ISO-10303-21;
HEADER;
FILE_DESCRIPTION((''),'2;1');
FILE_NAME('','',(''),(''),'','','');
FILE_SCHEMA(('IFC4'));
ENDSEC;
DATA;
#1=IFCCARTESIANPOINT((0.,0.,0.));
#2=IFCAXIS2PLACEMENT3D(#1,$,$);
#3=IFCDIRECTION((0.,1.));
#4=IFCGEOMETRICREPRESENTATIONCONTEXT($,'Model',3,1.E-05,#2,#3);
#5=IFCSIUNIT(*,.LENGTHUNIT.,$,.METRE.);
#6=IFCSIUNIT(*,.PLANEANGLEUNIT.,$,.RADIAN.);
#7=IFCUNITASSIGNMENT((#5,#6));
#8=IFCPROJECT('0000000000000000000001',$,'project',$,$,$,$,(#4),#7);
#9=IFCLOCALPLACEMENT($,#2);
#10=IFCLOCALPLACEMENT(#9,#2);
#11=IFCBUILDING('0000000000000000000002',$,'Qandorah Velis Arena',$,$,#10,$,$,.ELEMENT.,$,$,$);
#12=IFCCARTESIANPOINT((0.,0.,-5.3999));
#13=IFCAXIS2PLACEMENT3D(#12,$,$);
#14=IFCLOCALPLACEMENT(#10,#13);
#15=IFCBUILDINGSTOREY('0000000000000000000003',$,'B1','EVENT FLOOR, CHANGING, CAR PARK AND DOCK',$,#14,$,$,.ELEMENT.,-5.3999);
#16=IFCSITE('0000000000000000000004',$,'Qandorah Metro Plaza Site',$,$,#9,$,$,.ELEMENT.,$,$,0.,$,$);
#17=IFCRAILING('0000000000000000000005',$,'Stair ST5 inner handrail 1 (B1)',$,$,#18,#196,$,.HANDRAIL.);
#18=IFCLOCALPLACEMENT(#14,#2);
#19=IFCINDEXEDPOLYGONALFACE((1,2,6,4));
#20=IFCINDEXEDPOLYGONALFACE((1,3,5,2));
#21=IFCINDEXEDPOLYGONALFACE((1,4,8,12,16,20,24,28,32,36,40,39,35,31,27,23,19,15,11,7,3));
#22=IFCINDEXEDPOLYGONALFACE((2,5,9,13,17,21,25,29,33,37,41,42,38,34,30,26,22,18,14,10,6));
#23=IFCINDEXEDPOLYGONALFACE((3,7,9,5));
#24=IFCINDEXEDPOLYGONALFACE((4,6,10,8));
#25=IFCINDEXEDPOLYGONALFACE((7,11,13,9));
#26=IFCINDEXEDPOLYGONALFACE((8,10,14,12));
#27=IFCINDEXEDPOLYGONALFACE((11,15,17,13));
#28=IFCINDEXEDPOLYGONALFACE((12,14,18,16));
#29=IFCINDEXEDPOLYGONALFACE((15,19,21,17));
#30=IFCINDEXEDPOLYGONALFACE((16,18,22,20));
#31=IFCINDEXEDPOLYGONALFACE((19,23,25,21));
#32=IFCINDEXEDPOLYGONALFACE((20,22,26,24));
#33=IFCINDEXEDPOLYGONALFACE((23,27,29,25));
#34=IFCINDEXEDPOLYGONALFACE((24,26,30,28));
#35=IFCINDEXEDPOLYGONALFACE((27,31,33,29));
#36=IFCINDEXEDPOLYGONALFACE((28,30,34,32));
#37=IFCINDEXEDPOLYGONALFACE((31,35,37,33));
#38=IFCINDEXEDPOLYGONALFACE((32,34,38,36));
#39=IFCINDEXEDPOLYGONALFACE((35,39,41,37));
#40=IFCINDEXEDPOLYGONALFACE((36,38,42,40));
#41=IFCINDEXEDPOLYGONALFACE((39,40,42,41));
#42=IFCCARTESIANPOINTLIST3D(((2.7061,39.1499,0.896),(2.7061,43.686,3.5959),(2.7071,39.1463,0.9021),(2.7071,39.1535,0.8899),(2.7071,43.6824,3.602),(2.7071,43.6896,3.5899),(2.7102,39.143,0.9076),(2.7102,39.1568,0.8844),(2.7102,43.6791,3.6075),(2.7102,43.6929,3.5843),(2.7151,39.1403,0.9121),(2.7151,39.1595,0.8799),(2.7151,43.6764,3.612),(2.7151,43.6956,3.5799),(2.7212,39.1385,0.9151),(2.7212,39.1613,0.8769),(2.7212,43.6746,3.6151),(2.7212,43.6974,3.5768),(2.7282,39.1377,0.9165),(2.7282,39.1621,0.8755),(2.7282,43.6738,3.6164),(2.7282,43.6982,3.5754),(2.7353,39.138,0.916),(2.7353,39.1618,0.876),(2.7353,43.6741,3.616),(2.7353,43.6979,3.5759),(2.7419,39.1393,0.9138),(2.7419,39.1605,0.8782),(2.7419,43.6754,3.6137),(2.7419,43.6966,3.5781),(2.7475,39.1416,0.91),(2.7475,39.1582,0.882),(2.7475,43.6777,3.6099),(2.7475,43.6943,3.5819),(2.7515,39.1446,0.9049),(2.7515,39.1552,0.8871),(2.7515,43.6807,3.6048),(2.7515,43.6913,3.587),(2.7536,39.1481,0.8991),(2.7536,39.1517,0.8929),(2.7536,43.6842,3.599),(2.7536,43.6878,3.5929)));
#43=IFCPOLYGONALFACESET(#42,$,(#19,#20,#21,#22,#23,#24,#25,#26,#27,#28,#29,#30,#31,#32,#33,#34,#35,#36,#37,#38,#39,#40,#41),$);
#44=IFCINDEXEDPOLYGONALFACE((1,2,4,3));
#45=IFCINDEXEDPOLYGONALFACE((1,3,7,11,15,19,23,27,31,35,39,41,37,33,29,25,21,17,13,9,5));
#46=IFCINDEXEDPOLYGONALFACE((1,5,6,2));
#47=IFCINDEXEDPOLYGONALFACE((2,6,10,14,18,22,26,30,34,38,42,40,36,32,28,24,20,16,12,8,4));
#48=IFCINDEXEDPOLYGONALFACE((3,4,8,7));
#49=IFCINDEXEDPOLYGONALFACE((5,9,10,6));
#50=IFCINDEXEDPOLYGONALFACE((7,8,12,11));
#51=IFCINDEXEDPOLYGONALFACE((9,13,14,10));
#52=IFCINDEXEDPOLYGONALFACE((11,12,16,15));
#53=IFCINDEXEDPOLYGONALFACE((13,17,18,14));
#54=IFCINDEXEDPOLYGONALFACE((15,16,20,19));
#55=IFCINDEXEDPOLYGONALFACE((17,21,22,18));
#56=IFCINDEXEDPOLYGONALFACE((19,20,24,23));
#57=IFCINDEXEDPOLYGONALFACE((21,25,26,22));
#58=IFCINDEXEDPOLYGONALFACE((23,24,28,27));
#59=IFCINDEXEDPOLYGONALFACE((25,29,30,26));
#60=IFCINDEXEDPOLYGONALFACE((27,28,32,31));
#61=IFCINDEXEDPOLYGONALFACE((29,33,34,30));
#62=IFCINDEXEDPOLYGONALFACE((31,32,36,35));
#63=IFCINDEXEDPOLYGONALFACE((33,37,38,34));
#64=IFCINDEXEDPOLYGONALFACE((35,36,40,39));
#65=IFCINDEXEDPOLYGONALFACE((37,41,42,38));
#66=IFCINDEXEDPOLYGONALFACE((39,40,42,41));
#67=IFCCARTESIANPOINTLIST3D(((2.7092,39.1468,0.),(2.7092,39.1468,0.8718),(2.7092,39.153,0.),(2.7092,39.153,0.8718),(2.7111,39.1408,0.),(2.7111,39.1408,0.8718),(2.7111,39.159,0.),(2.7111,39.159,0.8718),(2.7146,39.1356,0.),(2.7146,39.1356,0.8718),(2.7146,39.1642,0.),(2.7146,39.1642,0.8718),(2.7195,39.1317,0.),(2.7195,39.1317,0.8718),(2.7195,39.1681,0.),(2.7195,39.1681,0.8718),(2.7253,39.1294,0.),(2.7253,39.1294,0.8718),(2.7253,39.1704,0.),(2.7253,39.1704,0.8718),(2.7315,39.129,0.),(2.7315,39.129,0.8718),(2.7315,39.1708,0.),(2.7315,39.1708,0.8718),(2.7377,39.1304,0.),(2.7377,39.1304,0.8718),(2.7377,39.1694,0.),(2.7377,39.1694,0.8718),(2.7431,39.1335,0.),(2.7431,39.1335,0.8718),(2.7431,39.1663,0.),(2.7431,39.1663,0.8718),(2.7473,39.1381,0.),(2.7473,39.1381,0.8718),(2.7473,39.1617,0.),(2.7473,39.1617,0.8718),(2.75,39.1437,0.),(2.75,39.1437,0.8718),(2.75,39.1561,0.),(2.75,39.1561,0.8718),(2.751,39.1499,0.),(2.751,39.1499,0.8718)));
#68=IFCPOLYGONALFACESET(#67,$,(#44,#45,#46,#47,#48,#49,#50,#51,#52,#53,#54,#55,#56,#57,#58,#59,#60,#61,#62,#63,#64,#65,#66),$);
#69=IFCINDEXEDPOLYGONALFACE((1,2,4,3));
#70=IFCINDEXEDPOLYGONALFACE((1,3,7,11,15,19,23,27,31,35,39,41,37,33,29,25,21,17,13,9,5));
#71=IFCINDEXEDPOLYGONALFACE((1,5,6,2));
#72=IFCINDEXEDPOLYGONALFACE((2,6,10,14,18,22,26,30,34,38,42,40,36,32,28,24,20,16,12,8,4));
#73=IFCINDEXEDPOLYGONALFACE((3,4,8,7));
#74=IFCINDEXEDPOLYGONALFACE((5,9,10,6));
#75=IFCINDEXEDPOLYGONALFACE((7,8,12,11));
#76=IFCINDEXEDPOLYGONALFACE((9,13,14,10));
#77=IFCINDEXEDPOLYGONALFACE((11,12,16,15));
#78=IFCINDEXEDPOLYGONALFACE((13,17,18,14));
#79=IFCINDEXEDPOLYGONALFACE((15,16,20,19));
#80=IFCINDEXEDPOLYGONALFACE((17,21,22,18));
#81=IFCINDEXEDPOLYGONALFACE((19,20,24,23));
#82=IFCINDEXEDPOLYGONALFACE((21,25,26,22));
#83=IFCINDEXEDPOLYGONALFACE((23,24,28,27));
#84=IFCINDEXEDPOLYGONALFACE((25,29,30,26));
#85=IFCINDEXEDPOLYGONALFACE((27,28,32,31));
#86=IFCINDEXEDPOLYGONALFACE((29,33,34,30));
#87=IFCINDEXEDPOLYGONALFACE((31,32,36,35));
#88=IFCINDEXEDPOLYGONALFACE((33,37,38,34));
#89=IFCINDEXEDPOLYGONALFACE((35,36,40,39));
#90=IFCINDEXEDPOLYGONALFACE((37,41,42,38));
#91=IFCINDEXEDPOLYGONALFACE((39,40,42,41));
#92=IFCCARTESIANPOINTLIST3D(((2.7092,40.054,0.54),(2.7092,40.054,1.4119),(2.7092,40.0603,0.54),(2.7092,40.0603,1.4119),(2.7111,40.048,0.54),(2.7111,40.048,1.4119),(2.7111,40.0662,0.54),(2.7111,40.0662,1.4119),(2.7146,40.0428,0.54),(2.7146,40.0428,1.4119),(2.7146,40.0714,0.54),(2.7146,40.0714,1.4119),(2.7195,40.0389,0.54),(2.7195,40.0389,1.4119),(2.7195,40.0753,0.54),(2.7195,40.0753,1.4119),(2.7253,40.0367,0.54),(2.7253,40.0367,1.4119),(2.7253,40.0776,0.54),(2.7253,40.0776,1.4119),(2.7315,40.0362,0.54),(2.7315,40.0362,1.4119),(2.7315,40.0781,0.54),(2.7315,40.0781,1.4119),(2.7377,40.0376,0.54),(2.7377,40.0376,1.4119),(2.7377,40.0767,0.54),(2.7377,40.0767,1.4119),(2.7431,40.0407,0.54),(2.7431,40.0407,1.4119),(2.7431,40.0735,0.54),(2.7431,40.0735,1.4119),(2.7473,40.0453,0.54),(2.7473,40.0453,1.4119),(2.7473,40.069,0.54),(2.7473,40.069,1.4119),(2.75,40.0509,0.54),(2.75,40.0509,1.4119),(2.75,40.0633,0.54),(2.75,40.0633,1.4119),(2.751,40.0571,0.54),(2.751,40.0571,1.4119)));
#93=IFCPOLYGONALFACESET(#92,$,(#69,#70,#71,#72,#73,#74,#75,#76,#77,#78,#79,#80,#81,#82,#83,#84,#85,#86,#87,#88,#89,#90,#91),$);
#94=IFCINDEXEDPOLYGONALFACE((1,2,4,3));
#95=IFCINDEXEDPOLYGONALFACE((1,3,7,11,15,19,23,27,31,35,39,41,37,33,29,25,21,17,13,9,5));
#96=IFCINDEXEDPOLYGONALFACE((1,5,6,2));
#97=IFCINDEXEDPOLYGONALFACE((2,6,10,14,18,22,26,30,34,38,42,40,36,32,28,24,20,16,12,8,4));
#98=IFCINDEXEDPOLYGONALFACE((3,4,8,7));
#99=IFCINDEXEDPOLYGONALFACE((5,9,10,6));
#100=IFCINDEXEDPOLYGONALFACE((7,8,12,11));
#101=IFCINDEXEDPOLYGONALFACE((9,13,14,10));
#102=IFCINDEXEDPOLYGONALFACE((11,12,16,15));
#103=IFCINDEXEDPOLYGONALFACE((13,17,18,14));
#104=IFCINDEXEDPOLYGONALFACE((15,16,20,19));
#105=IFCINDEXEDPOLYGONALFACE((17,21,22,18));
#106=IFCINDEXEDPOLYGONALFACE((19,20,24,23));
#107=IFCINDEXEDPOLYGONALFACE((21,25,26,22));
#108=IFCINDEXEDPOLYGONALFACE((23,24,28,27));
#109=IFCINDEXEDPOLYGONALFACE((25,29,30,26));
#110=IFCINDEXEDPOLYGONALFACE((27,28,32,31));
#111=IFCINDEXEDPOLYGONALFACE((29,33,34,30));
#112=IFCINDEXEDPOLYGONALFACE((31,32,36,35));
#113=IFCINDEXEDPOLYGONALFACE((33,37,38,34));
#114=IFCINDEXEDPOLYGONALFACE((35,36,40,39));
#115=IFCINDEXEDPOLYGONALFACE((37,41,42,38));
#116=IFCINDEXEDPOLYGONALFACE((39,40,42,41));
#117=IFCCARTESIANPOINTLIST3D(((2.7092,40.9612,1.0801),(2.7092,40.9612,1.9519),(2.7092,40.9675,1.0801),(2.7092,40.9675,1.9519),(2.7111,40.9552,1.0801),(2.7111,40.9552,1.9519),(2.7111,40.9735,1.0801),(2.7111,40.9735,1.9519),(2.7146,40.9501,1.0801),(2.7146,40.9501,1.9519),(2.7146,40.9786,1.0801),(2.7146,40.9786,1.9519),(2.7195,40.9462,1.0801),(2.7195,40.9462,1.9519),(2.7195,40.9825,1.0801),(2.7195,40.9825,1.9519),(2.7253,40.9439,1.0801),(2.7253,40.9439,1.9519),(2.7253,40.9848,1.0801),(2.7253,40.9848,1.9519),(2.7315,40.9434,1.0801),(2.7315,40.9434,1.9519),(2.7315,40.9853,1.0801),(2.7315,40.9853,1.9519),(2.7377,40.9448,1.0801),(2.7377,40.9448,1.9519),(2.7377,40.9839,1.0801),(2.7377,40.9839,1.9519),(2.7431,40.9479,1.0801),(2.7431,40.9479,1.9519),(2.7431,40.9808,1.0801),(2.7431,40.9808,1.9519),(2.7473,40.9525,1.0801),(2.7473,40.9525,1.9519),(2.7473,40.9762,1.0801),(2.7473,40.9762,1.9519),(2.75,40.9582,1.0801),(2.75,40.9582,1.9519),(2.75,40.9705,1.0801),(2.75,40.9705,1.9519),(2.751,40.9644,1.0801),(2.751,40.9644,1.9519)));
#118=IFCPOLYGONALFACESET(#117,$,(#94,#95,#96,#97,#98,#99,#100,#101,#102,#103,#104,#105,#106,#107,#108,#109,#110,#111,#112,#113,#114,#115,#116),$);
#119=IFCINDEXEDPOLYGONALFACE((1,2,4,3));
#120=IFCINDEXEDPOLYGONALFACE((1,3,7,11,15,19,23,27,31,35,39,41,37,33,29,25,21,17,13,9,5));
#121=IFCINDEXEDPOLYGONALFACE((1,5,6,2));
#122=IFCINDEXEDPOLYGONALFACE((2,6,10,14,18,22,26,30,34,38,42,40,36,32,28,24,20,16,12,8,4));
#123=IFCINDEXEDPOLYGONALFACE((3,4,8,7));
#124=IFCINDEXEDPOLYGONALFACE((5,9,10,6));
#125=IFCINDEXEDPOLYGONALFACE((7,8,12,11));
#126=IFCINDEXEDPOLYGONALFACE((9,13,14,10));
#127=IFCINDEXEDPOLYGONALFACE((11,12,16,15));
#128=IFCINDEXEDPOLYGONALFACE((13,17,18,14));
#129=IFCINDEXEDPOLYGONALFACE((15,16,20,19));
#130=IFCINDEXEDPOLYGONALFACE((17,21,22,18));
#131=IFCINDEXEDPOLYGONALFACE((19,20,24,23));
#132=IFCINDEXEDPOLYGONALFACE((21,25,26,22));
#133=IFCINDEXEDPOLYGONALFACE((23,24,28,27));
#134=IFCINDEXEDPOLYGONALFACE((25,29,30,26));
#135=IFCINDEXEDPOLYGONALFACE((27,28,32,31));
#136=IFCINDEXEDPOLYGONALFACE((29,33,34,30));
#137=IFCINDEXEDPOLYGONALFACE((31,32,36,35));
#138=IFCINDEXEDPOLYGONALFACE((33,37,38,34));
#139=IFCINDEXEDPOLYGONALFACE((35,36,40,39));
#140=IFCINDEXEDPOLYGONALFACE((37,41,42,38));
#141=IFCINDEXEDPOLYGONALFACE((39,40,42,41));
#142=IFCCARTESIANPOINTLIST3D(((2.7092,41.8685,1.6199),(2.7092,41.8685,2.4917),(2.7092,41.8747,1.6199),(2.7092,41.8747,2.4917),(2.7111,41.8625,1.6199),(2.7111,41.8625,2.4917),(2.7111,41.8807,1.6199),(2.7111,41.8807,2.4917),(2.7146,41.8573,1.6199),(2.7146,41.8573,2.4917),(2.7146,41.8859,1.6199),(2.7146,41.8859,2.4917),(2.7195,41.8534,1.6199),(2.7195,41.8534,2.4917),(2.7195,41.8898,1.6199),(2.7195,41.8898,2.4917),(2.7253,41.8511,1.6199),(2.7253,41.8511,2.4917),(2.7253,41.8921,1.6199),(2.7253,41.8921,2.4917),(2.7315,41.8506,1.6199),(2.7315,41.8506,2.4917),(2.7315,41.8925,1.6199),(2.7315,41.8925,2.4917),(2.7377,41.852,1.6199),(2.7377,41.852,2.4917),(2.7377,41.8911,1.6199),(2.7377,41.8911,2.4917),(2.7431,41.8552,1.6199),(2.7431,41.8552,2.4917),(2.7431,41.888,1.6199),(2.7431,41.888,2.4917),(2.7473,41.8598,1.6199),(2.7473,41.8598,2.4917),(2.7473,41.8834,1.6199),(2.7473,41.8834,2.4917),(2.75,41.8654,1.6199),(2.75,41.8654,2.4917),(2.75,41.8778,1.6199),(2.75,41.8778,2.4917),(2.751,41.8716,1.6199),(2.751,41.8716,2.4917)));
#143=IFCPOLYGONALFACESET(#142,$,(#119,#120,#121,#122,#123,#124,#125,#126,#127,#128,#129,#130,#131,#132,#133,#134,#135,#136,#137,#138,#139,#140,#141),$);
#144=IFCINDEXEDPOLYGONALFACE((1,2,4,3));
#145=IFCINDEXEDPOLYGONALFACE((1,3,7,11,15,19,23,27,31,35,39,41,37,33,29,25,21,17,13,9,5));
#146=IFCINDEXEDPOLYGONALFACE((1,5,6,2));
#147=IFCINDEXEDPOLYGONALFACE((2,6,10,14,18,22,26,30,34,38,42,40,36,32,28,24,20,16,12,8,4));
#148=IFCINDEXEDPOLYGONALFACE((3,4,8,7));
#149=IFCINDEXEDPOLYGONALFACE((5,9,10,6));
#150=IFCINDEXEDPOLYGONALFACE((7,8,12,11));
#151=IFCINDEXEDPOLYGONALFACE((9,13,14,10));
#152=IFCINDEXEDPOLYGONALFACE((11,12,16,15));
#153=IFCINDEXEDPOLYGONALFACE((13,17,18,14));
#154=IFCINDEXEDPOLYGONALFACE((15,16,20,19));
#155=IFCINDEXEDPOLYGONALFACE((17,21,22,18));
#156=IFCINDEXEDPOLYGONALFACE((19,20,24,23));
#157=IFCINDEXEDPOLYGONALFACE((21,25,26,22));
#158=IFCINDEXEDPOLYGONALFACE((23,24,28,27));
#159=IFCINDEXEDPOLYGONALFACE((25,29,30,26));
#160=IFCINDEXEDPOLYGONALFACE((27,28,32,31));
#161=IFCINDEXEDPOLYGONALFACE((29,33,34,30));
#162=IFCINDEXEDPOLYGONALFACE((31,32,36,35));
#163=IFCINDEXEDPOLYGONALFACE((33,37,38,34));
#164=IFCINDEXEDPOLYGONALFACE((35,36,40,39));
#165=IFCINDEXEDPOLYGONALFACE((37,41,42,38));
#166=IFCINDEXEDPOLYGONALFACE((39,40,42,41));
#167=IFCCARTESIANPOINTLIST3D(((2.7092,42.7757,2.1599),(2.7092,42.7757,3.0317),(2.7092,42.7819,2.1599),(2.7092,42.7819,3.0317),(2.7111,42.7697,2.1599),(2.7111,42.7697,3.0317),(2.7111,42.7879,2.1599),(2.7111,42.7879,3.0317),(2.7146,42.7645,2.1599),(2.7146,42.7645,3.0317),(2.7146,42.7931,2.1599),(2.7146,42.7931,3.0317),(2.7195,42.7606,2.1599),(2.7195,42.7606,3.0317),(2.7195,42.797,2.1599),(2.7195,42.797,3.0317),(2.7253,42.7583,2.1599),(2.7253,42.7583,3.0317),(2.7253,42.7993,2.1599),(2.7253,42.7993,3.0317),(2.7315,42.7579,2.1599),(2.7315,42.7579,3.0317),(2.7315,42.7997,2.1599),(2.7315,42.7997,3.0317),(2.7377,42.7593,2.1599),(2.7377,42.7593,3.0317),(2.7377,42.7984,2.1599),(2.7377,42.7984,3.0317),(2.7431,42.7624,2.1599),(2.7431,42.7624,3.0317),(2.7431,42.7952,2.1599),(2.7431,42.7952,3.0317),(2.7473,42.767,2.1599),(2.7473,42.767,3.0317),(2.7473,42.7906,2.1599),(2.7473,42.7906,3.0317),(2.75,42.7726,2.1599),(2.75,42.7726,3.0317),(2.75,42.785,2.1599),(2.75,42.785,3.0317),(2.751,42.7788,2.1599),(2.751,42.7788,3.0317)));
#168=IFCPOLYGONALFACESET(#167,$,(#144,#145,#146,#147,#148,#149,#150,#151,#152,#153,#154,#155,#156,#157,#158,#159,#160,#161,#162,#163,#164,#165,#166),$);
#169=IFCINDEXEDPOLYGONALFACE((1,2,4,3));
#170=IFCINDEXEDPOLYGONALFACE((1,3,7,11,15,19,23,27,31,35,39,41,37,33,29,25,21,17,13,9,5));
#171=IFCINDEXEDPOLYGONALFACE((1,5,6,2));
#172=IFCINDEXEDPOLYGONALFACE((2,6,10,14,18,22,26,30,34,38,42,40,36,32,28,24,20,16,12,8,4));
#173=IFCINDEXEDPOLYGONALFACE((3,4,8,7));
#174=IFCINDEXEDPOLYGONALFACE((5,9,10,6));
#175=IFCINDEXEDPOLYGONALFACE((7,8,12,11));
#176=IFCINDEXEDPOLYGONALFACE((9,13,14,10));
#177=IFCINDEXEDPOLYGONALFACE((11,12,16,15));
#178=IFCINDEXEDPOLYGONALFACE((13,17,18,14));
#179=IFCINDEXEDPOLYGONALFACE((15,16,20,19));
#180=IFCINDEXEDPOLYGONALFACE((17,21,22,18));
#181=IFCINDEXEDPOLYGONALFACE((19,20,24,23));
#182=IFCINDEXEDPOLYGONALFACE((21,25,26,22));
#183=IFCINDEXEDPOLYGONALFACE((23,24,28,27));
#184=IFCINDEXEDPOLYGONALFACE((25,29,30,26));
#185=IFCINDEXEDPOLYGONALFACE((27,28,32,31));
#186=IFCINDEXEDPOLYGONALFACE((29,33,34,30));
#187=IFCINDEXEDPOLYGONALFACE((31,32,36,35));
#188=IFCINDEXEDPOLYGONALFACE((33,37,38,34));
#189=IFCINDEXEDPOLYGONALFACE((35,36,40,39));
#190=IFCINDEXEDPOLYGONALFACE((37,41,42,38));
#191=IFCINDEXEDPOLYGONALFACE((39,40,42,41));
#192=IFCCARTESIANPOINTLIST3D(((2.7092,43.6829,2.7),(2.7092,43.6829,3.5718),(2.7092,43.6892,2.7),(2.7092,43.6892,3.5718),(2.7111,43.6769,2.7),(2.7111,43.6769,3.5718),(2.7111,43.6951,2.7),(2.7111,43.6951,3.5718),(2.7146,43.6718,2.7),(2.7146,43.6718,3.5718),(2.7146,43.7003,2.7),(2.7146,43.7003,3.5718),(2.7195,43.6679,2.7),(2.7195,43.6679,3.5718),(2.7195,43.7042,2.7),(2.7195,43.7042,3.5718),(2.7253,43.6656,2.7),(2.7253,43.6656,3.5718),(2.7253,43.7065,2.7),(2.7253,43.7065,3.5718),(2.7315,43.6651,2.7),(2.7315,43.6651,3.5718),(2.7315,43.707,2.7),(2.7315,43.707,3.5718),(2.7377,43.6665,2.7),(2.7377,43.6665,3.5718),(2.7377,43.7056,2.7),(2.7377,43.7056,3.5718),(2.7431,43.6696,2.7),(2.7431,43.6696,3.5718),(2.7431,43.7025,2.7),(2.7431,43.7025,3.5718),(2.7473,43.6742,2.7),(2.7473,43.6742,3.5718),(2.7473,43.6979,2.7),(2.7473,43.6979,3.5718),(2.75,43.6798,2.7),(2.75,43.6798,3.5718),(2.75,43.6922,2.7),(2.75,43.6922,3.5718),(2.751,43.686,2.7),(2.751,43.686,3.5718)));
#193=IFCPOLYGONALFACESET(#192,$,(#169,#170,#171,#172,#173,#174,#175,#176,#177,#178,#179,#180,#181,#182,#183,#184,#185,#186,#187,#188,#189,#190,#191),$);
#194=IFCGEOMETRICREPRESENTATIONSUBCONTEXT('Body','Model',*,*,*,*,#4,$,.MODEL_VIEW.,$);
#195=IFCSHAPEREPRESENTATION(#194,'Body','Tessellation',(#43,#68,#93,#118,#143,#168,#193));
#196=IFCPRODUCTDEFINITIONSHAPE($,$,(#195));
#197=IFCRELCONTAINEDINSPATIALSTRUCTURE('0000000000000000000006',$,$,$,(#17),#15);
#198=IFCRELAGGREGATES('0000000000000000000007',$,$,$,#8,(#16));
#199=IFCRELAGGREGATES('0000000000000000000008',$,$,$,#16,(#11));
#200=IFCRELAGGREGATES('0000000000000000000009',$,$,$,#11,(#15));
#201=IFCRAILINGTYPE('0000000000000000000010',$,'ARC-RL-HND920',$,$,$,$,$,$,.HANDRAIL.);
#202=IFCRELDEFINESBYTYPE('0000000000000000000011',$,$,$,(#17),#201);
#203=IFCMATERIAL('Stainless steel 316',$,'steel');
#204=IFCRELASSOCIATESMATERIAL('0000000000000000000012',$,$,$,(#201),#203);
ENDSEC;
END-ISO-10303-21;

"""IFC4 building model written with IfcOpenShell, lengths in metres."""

from ifc_helpers import new_model, si_unit, direction, frame, origin, origin_2d, place, context, subcontext, project, spatial, circle, extrude, material, type_object, element, save


model = new_model("IFC4")

# Units and contexts
model_context = context("Model", 3, precision=1e-05, world=origin(), true_north=direction((0.0, 1.0)))
body_context = subcontext(model_context, "Body", "Model", "MODEL_VIEW")
ifc_project = project(units=[si_unit("LENGTHUNIT", "METRE"), si_unit("PLANEANGLEUNIT", "RADIAN")], contexts=[model_context])

# Site, building, storey
site_placement = place(None, origin())
site = spatial("IfcSite", under=ifc_project, at=site_placement, Name="Qandorah Metro Plaza Site", CompositionType="ELEMENT", RefElevation=0.0)
building_placement = place(site_placement, origin())
building = spatial("IfcBuilding", under=site, at=building_placement, Name="Qandorah Velis Arena", CompositionType="ELEMENT")
storey_placement = place(building_placement, frame((0.0, 0.0, -5.3999)))
storey = spatial("IfcBuildingStorey", under=building, at=storey_placement, Name="B1", Description="EVENT FLOOR, CHANGING, CAR PARK AND DOCK", CompositionType="ELEMENT", Elevation=-5.3999)

# Railing
ifc_material_1 = material(Name="Stainless steel 316", Category="steel")
railing_type_1 = type_object("IfcRailingType", Name="ARC-RL-HND920", PredefinedType="HANDRAIL", material=ifc_material_1)
railing_1_placement = place(storey_placement, frame((2.73, 39.1499, 0.0)))
element("IfcRailing", 1, at=railing_1_placement, inside=storey, type_object=railing_type_1, Name="Stair ST5 inner handrail 1 (B1)", PredefinedType="HANDRAIL", context=body_context, shape_type="SweptSolid", body=[
    extrude(circle(Radius=0.0239, at=origin_2d()), frame((0.0, 0.0, 0.896), z_axis=(0.0, 0.859304, 0.511466), x_axis=(-1.0, 0.0, 0.0)), (0.0, 0.0, 1.0), 5.2788),
    extrude(circle(Radius=0.021, at=origin_2d()), origin(), (0.0, 0.0, 1.0), 0.8718),
    extrude(circle(Radius=0.021, at=origin_2d()), frame((0.0, 0.9072, 0.54)), (0.0, 0.0, 1.0), 0.8718),
    extrude(circle(Radius=0.021, at=origin_2d()), frame((0.0, 1.8145, 1.0801)), (0.0, 0.0, 1.0), 0.8718),
    extrude(circle(Radius=0.021, at=origin_2d()), frame((0.0, 2.7217, 1.6199)), (0.0, 0.0, 1.0), 0.8718),
    extrude(circle(Radius=0.021, at=origin_2d()), frame((0.0, 3.6289, 2.1599)), (0.0, 0.0, 1.0), 0.8718),
    extrude(circle(Radius=0.021, at=origin_2d()), frame((0.0, 4.5361, 2.7)), (0.0, 0.0, 1.0), 0.8718),
])

save(model, "model.ifc")
